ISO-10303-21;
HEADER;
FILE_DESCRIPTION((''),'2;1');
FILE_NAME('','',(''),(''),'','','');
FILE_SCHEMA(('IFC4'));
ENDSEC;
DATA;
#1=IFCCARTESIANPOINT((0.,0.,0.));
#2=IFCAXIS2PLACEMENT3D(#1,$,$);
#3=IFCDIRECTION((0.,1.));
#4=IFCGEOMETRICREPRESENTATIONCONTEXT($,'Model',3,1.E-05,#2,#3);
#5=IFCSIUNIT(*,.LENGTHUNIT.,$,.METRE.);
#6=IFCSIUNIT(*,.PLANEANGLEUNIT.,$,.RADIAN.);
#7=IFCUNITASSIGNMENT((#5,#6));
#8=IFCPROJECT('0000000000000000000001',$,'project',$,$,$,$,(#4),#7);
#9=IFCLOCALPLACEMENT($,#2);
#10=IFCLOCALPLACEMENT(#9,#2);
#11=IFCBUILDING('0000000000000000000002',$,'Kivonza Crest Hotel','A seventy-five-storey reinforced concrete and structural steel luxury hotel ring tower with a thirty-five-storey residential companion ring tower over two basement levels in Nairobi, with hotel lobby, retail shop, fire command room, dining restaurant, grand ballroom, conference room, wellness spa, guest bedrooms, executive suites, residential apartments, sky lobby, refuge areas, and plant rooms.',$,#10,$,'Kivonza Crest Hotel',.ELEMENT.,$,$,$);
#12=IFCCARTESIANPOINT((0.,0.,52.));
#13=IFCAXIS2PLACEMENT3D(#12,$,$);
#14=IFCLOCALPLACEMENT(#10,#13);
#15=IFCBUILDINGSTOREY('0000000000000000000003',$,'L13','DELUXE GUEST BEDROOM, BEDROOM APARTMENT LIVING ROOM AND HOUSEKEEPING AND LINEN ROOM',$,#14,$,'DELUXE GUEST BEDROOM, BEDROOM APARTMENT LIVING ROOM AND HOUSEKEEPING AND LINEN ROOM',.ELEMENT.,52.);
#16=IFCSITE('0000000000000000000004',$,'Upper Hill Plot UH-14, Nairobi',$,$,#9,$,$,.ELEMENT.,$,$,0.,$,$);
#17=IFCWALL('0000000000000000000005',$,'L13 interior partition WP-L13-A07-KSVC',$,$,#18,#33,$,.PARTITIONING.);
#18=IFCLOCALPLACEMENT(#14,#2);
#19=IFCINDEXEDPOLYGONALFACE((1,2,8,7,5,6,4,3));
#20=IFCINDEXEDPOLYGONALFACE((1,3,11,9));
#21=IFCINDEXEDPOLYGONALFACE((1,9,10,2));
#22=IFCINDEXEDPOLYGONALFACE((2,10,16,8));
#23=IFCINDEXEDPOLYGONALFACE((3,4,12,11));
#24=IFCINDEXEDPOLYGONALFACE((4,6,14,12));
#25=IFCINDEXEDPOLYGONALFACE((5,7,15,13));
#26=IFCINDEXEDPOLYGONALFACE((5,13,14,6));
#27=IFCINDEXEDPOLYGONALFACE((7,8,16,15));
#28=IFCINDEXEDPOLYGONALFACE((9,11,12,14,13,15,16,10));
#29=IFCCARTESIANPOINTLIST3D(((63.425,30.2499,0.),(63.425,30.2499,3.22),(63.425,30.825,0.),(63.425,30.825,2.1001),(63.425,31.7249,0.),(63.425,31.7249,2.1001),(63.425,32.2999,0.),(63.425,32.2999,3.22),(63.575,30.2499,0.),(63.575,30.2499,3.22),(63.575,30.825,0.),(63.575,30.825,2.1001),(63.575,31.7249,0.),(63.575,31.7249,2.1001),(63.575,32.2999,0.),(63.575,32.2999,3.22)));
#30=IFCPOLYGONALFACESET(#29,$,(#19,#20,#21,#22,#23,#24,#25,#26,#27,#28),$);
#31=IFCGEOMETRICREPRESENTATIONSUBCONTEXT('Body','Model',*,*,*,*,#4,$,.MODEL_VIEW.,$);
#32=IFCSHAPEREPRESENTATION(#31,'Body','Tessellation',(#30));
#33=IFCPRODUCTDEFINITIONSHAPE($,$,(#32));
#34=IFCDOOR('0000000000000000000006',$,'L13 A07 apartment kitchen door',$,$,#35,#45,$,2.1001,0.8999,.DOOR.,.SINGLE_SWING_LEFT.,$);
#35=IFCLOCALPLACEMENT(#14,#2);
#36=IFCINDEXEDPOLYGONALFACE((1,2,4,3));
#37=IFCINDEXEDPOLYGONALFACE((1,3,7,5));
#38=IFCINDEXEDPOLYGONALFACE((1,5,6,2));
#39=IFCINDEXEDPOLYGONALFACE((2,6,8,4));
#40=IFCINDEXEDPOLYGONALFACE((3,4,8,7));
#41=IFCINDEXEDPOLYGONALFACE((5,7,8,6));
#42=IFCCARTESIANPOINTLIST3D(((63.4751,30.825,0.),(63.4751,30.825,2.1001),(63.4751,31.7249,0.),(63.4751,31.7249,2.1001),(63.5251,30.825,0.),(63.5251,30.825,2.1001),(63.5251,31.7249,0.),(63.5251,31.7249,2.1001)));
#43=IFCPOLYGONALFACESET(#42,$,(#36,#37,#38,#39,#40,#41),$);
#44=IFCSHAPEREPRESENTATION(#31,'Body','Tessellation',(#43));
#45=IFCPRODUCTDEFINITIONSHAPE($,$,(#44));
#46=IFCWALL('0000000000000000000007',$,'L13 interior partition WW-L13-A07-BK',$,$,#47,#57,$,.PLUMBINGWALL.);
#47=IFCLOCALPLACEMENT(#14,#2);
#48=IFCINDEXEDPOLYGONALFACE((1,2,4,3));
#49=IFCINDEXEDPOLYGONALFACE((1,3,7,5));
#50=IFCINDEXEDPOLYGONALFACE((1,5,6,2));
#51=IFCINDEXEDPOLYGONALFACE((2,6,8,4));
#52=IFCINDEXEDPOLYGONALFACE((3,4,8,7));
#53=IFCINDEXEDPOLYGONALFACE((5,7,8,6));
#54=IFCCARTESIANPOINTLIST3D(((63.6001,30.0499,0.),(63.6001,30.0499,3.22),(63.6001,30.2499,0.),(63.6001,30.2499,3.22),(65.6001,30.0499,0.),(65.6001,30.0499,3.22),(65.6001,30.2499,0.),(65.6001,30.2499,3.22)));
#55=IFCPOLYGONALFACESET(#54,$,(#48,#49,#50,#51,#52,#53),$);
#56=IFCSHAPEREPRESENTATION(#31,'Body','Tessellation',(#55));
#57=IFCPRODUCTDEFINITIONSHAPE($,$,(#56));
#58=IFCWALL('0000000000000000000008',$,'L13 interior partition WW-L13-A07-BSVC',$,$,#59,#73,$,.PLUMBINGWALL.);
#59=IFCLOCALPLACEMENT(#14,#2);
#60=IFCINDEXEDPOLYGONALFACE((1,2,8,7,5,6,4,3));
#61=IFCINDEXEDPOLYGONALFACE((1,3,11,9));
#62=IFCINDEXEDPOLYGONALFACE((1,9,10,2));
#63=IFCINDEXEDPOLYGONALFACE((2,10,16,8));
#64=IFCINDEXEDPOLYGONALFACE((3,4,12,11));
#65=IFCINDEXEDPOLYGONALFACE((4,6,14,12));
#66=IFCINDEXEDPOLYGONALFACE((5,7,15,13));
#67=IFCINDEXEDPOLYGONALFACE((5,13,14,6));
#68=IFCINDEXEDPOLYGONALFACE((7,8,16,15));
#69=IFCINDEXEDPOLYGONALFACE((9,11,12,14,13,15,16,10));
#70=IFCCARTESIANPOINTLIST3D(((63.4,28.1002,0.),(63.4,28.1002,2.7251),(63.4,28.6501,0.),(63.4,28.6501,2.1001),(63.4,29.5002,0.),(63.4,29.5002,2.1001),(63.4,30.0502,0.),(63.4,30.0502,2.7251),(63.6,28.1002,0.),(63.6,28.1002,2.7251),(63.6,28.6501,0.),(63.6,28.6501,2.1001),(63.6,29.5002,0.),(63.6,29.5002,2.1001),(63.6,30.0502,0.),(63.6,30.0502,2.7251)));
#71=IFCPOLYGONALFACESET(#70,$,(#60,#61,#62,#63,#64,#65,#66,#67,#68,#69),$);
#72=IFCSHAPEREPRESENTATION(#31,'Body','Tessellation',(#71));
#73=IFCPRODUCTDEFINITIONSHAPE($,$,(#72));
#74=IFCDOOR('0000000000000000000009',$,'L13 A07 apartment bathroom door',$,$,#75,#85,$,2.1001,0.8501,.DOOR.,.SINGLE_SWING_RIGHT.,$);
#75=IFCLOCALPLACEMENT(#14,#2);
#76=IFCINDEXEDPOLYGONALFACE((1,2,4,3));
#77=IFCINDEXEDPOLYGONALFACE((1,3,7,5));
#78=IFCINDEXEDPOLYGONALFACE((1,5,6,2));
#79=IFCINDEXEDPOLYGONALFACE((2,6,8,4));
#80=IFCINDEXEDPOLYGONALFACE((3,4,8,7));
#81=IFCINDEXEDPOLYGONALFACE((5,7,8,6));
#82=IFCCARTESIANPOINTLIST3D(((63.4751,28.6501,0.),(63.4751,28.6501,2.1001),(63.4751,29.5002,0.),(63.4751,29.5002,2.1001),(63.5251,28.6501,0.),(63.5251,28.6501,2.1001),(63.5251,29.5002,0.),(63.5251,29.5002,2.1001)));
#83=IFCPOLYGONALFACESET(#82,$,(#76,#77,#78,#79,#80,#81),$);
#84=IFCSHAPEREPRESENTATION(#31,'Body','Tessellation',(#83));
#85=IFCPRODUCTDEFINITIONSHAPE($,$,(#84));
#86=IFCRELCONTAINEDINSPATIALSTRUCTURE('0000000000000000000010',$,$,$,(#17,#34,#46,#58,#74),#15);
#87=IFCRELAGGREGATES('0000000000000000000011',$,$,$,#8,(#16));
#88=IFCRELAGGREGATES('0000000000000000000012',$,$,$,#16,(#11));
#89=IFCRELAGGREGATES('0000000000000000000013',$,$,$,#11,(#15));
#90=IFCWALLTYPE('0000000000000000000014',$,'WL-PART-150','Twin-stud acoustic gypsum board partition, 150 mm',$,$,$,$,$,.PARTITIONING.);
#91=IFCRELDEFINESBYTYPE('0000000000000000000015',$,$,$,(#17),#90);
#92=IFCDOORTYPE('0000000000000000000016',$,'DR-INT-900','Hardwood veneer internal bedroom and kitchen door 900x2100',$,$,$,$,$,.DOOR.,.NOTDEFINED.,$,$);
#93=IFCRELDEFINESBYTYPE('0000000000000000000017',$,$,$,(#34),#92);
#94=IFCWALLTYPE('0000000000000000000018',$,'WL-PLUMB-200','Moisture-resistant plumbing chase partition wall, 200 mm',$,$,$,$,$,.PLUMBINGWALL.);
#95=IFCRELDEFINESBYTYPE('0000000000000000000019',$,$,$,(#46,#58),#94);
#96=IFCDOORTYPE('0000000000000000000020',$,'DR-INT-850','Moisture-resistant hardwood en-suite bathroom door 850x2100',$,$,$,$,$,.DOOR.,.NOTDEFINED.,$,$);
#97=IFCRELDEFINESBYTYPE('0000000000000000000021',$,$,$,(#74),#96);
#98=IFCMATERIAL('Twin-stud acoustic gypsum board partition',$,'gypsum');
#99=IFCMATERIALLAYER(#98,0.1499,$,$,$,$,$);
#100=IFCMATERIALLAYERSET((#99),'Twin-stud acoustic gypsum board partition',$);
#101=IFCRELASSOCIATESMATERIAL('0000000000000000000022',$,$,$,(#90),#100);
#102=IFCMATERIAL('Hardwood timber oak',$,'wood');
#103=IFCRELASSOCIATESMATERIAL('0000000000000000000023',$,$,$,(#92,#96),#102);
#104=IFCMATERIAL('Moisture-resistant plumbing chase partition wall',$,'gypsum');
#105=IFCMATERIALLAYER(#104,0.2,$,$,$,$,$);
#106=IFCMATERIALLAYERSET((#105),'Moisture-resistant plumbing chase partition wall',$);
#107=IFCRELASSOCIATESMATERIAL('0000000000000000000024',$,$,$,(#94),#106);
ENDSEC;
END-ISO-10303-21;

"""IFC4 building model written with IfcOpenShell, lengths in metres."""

from ifc_helpers import new_model, si_unit, direction, frame, frame_2d, origin, place, context, subcontext, project, spatial, rectangle, extrude, material, layer, layer_set, type_object, element, fill, save


model = new_model("IFC4")

# Units and contexts
model_context = context("Model", 3, precision=1e-05, world=origin(), true_north=direction((0.0, 1.0)))
body_context = subcontext(model_context, "Body", "Model", "MODEL_VIEW")
ifc_project = project(units=[si_unit("LENGTHUNIT", "METRE"), si_unit("PLANEANGLEUNIT", "RADIAN")], contexts=[model_context])

# Site, building, storey
site_placement = place(None, origin())
site = spatial("IfcSite", under=ifc_project, at=site_placement, Name="Upper Hill Plot UH-14, Nairobi", CompositionType="ELEMENT", RefElevation=0.0)
building_placement = place(site_placement, origin())
building = spatial("IfcBuilding", under=site, at=building_placement, Name="Kivonza Crest Hotel", Description="A seventy-five-storey reinforced concrete and structural steel luxury hotel ring tower with a thirty-five-storey residential companion ring tower over two basement levels in Nairobi, with hotel lobby, retail shop, fire command room, dining restaurant, grand ballroom, conference room, wellness spa, guest bedrooms, executive suites, residential apartments, sky lobby, refuge areas, and plant rooms.", LongName="Kivonza Crest Hotel", CompositionType="ELEMENT")
storey_placement = place(building_placement, frame((0.0, 0.0, 52.0)))
storey = spatial("IfcBuildingStorey", under=building, at=storey_placement, Name="L13", Description="DELUXE GUEST BEDROOM, BEDROOM APARTMENT LIVING ROOM AND HOUSEKEEPING AND LINEN ROOM", LongName="DELUXE GUEST BEDROOM, BEDROOM APARTMENT LIVING ROOM AND HOUSEKEEPING AND LINEN ROOM", CompositionType="ELEMENT", Elevation=52.0)

# Wall, opening, door
ifc_material_1 = material(Name="Twin-stud acoustic gypsum board partition", Category="gypsum")
ifc_layer_1 = layer(ifc_material_1, 0.1499)
ifc_layer_set_1 = layer_set([ifc_layer_1], Name="Twin-stud acoustic gypsum board partition")
wall_type_1 = type_object("IfcWallType", Name="WL-PART-150", Description="Twin-stud acoustic gypsum board partition, 150 mm", PredefinedType="PARTITIONING", material=ifc_layer_set_1)
ifc_material_2 = material(Name="Hardwood timber oak", Category="wood")
door_type_1 = type_object("IfcDoorType", Name="DR-INT-900", Description="Hardwood veneer internal bedroom and kitchen door 900x2100", OperationType="NOTDEFINED", PredefinedType="DOOR", material=ifc_material_2)
wall_1_placement = place(storey_placement, frame((63.5, 30.25, 0.0), z_axis=(0.0, 0.0, 1.0), x_axis=(0.0, 1.0, 0.0)))
wall_1 = element("IfcWall", 1, at=wall_1_placement, inside=storey, type_object=wall_type_1, Name="L13 interior partition WP-L13-A07-KSVC", PredefinedType="PARTITIONING", context=body_context, shape_type="SweptSolid", body=[
    extrude(rectangle(XDim=2.05, YDim=0.1499, at=frame_2d((1.0249, 0.0))), origin(), (0.0, 0.0, 1.0), 3.22),
])
opening_1_placement = place(wall_1_placement, frame((0.575, 0.0, 0.0)))
opening_1 = element("IfcOpeningElement", 2, at=opening_1_placement, cuts=wall_1, PredefinedType="OPENING", context=body_context, shape_type="SweptSolid", body=[
    extrude(rectangle(XDim=0.8999, YDim=2.1001, at=frame_2d((0.45, 1.05))), frame((0.0, 0.085, 0.0), z_axis=(0.0, -1.0, 0.0), x_axis=(1.0, 0.0, 0.0)), (0.0, 0.0, 1.0), 0.1699),
])
door_1_placement = place(opening_1_placement, origin())
door_1 = element("IfcDoor", 3, at=door_1_placement, inside=storey, type_object=door_type_1, Name="L13 A07 apartment kitchen door", OperationType="SINGLE_SWING_LEFT", OverallHeight=2.1001, OverallWidth=0.8999, PredefinedType="DOOR", context=body_context, shape_type="SweptSolid", body=[
    extrude(rectangle(XDim=0.8999, YDim=2.1001, at=frame_2d((0.45, 1.05))), frame((0.0, 0.0249, 0.0), z_axis=(0.0, -1.0, 0.0), x_axis=(1.0, 0.0, 0.0)), (0.0, 0.0, 1.0), 0.05),
])
fill(opening_1, door_1)

# Wall
ifc_material_3 = material(Name="Moisture-resistant plumbing chase partition wall", Category="gypsum")
ifc_layer_2 = layer(ifc_material_3, 0.2)
ifc_layer_set_2 = layer_set([ifc_layer_2], Name="Moisture-resistant plumbing chase partition wall")
wall_type_2 = type_object("IfcWallType", Name="WL-PLUMB-200", Description="Moisture-resistant plumbing chase partition wall, 200 mm", PredefinedType="PLUMBINGWALL", material=ifc_layer_set_2)
wall_2_placement = place(storey_placement, frame((63.6001, 30.1499, 0.0), z_axis=(0.0, 0.0, 1.0), x_axis=(1.0, 0.0, 0.0)))
element("IfcWall", 4, at=wall_2_placement, inside=storey, type_object=wall_type_2, Name="L13 interior partition WW-L13-A07-BK", PredefinedType="PLUMBINGWALL", context=body_context, shape_type="SweptSolid", body=[
    extrude(rectangle(XDim=2.0, YDim=0.2, at=frame_2d((1.0, 0.0))), origin(), (0.0, 0.0, 1.0), 3.22),
])

# Wall, opening, door
wall_3_placement = place(storey_placement, frame((63.5, 28.1001, 0.0), z_axis=(0.0, 0.0, 1.0), x_axis=(0.0, 1.0, 0.0)))
wall_3 = element("IfcWall", 5, at=wall_3_placement, inside=storey, type_object=wall_type_2, Name="L13 interior partition WW-L13-A07-BSVC", PredefinedType="PLUMBINGWALL", context=body_context, shape_type="SweptSolid", body=[
    extrude(rectangle(XDim=1.95, YDim=0.2, at=frame_2d((0.9751, 0.0))), origin(), (0.0, 0.0, 1.0), 2.7251),
])
opening_2_placement = place(wall_3_placement, frame((0.55, 0.0, 0.0)))
opening_2 = element("IfcOpeningElement", 6, at=opening_2_placement, cuts=wall_3, PredefinedType="OPENING", context=body_context, shape_type="SweptSolid", body=[
    extrude(rectangle(XDim=0.8501, YDim=2.1001, at=frame_2d((0.425, 1.05))), frame((0.0, 0.1099, 0.0), z_axis=(0.0, -1.0, 0.0), x_axis=(1.0, 0.0, 0.0)), (0.0, 0.0, 1.0), 0.22),
])
door_type_2 = type_object("IfcDoorType", Name="DR-INT-850", Description="Moisture-resistant hardwood en-suite bathroom door 850x2100", OperationType="NOTDEFINED", PredefinedType="DOOR", material=ifc_material_2)
door_2_placement = place(opening_2_placement, origin())
door_2 = element("IfcDoor", 7, at=door_2_placement, inside=storey, type_object=door_type_2, Name="L13 A07 apartment bathroom door", OperationType="SINGLE_SWING_RIGHT", OverallHeight=2.1001, OverallWidth=0.8501, PredefinedType="DOOR", context=body_context, shape_type="SweptSolid", body=[
    extrude(rectangle(XDim=0.8501, YDim=2.1001, at=frame_2d((0.425, 1.05))), frame((0.0, 0.0249, 0.0), z_axis=(0.0, -1.0, 0.0), x_axis=(1.0, 0.0, 0.0)), (0.0, 0.0, 1.0), 0.05),
])
fill(opening_2, door_2)

save(model, "model.ifc")
